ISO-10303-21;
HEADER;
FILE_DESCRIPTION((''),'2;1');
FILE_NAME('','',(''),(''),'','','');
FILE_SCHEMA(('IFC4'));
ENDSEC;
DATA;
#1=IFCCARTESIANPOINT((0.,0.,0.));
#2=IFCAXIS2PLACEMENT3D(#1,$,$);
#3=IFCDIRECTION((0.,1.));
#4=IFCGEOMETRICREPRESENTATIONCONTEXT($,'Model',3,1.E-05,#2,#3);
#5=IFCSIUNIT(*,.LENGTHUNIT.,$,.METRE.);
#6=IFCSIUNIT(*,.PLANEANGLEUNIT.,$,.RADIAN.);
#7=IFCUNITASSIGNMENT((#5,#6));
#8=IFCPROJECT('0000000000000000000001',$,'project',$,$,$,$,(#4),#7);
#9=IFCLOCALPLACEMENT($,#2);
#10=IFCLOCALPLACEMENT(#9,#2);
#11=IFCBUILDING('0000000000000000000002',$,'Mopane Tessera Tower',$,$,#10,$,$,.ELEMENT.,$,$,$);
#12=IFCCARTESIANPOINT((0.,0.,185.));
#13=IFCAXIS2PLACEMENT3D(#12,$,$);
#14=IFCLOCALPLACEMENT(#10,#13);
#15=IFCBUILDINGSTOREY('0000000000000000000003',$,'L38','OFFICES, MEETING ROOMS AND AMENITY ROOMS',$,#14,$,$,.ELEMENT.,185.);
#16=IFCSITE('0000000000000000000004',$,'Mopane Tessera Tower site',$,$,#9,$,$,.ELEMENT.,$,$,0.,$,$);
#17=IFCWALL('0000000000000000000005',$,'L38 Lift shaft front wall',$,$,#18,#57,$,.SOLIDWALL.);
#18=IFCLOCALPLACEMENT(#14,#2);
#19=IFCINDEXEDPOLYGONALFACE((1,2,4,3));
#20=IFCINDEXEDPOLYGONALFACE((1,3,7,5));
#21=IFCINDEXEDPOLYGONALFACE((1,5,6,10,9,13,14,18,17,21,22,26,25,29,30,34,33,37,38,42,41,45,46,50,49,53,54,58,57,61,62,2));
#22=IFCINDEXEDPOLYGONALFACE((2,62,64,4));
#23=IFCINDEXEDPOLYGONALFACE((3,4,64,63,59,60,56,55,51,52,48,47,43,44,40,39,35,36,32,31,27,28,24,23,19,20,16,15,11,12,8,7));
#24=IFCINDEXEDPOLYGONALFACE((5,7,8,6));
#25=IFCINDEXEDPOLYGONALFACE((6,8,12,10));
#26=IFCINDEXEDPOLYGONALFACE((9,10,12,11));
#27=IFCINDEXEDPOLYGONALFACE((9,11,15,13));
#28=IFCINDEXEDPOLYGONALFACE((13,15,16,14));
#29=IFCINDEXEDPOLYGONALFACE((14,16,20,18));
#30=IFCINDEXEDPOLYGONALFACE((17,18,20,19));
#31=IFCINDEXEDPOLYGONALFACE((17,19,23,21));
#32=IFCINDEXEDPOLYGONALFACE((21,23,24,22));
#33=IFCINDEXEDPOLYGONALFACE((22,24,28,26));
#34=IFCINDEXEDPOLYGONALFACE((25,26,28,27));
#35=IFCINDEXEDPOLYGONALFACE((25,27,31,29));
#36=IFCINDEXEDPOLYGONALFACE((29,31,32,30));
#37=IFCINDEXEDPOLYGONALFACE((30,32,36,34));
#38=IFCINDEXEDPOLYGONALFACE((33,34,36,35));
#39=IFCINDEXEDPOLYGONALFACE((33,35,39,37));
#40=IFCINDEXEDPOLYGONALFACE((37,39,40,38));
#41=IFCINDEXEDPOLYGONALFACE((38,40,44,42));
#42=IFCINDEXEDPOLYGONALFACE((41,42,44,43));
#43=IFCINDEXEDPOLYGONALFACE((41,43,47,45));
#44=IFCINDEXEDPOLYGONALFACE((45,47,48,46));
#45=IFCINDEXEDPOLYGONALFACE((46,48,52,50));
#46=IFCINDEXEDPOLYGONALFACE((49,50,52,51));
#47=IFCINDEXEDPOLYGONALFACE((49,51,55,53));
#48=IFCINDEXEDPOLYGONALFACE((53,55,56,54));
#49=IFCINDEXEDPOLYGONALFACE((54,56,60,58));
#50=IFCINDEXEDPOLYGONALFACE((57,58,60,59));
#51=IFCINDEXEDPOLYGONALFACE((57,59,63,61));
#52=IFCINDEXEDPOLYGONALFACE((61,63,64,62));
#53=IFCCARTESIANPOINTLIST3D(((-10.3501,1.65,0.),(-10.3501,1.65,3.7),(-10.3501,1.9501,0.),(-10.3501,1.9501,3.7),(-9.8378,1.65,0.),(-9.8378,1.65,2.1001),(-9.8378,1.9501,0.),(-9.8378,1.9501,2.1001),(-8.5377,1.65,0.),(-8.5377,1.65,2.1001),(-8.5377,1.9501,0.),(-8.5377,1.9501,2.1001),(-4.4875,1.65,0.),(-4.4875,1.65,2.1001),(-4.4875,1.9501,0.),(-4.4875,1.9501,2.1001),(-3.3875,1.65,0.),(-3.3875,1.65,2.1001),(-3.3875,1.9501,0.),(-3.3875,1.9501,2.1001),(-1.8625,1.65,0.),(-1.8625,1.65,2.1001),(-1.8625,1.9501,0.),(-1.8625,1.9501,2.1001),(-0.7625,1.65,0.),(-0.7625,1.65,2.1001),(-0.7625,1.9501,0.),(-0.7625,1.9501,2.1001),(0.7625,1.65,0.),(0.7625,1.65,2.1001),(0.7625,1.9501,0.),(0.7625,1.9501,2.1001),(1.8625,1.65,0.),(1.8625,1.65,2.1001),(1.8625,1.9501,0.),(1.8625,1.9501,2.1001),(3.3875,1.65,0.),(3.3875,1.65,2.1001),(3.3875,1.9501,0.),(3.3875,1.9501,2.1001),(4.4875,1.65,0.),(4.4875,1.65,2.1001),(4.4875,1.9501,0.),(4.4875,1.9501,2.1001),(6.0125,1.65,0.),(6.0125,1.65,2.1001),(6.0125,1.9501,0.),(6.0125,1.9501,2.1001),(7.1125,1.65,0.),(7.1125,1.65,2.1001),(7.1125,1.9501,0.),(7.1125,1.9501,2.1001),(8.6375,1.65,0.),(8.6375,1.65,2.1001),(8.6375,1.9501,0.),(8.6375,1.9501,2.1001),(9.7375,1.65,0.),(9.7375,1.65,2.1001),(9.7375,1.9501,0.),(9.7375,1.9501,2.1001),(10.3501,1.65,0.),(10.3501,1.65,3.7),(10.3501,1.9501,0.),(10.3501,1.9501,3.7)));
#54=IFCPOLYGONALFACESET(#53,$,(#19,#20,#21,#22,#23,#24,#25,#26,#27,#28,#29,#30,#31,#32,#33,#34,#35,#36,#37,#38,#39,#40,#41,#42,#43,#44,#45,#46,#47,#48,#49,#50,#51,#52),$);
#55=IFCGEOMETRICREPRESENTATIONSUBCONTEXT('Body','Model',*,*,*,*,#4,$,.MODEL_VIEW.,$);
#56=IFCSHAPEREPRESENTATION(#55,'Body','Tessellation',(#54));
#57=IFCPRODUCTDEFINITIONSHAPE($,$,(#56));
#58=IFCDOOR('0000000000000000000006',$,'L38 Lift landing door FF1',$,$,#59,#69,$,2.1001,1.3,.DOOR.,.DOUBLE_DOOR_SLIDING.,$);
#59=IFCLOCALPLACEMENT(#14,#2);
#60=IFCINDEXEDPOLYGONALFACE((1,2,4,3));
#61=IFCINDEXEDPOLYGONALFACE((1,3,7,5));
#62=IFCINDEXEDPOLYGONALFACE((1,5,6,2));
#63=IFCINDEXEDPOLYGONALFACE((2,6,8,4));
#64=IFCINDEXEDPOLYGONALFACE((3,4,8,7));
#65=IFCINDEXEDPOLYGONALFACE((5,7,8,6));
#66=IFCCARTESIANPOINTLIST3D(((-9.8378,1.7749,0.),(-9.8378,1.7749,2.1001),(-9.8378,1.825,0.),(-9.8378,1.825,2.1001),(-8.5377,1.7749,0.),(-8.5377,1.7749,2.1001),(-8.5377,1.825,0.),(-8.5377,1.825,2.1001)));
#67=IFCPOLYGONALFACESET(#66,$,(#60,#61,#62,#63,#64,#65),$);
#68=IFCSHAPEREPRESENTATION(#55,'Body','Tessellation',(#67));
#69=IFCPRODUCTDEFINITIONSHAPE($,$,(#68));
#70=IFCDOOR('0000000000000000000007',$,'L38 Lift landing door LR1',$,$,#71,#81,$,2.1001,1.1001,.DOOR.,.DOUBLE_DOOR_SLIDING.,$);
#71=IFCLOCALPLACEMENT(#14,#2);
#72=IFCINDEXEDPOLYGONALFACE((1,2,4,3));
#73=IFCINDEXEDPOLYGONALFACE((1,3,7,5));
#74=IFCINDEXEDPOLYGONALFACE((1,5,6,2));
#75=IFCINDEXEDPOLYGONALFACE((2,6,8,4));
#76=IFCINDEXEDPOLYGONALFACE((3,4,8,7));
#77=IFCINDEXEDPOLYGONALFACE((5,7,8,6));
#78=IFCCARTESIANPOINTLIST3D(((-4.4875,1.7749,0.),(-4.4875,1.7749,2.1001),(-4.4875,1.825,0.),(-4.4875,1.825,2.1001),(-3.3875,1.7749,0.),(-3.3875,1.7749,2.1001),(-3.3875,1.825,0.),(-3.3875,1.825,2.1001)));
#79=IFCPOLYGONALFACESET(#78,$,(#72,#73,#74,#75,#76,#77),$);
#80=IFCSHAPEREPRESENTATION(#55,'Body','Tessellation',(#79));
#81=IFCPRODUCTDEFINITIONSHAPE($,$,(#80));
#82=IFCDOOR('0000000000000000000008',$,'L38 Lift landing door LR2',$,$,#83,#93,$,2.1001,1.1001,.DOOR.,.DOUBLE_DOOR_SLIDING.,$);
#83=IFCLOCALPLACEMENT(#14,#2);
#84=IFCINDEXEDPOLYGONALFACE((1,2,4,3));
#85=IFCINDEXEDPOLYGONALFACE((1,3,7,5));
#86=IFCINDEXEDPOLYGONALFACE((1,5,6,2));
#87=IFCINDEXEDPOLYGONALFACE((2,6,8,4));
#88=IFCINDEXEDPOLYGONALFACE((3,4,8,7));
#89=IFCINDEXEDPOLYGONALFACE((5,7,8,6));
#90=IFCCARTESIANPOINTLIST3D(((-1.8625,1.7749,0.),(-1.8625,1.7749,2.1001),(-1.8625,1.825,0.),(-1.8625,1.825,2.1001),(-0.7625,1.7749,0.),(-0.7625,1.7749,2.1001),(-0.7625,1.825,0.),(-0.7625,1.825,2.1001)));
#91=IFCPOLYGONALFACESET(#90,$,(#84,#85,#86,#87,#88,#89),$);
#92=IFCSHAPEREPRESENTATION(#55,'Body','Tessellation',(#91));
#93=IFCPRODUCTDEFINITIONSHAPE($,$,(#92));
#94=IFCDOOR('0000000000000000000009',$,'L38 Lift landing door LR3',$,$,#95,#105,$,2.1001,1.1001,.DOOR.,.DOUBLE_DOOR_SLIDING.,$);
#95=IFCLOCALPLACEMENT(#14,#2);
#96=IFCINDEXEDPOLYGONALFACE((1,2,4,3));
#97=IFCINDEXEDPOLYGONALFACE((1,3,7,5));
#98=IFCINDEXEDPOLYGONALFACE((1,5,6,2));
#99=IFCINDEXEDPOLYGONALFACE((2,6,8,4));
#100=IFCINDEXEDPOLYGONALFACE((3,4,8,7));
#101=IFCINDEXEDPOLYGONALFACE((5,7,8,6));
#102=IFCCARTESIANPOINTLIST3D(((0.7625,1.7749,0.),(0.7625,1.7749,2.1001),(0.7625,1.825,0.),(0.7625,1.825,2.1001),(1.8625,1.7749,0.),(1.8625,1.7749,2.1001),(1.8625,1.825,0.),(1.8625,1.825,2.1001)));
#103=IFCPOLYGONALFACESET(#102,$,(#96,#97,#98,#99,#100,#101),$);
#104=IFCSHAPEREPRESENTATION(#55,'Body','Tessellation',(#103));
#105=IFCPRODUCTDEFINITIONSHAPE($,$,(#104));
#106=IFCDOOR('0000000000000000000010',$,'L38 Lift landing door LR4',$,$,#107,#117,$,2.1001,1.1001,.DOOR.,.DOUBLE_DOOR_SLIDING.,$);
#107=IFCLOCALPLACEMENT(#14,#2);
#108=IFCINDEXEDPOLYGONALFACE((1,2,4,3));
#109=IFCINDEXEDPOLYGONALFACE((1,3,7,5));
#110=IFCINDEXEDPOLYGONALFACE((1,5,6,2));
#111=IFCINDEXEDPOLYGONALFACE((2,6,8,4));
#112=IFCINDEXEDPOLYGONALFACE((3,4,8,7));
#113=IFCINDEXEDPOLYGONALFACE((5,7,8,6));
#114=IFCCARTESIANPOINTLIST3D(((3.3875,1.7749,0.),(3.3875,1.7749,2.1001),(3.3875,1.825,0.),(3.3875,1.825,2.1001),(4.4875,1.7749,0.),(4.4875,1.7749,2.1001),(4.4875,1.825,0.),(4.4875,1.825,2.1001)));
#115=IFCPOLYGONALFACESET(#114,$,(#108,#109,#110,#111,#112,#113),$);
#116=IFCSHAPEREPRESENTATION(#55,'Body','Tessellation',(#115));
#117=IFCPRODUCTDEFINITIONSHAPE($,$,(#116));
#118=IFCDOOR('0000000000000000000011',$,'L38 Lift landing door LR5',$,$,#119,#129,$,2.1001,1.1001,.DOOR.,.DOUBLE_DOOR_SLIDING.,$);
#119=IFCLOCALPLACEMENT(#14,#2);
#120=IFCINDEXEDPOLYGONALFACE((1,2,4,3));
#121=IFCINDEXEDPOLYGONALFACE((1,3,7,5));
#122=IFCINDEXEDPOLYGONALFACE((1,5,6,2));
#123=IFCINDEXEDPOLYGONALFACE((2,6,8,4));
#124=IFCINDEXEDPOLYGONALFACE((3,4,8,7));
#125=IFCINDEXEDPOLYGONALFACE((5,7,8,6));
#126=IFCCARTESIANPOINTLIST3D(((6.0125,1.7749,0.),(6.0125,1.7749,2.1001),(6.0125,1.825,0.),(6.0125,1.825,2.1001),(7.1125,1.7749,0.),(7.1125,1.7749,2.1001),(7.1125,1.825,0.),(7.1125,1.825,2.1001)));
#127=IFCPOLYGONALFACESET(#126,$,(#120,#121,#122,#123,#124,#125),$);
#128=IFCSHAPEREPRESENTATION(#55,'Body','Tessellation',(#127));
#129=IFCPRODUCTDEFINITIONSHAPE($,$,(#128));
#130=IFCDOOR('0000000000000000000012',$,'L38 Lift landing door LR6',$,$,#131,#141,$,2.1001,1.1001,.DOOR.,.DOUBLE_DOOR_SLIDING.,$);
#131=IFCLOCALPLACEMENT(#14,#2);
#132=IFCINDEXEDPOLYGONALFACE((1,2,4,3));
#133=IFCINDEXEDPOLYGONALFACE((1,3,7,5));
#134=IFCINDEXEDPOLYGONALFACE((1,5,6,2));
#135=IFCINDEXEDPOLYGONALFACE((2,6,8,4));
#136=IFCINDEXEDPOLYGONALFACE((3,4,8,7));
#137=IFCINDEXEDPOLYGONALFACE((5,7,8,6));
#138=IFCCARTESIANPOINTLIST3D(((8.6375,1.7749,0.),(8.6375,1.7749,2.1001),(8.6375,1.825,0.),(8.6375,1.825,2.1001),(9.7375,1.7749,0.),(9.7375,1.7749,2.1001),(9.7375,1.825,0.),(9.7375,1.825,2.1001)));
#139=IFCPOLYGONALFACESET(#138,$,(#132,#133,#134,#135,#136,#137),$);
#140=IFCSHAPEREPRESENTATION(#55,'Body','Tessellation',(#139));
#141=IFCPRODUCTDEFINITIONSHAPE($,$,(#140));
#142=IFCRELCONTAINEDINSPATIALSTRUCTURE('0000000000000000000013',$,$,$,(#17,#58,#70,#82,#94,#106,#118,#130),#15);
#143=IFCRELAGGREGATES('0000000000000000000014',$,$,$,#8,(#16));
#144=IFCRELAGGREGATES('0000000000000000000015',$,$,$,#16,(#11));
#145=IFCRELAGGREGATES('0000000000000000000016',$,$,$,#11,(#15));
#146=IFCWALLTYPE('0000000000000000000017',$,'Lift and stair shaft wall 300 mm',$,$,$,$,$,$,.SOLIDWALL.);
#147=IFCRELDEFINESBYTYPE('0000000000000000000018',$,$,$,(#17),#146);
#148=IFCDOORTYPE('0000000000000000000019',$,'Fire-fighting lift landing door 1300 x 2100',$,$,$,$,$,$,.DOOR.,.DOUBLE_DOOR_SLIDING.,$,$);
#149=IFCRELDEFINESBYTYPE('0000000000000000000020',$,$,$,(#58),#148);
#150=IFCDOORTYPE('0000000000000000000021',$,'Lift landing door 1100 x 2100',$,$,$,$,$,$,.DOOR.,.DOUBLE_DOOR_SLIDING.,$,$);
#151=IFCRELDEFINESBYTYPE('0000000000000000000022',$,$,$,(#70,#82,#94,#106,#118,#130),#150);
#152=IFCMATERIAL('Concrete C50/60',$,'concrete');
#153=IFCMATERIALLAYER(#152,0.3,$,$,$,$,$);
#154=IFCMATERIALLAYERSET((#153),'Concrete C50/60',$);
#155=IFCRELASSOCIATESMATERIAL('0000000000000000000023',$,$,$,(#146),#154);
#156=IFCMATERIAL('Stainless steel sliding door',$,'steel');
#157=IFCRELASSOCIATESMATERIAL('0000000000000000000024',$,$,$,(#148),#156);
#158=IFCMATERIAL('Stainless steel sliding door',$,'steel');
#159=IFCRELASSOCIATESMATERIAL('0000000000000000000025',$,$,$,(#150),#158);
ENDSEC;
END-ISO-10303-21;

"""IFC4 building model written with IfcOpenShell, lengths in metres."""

from ifc_helpers import new_model, si_unit, direction, frame, frame_2d, origin, place, context, subcontext, project, spatial, rectangle, extrude, material, layer, layer_set, type_object, element, fill, save


model = new_model("IFC4")

# Units and contexts
model_context = context("Model", 3, precision=1e-05, world=origin(), true_north=direction((0.0, 1.0)))
body_context = subcontext(model_context, "Body", "Model", "MODEL_VIEW")
ifc_project = project(units=[si_unit("LENGTHUNIT", "METRE"), si_unit("PLANEANGLEUNIT", "RADIAN")], contexts=[model_context])

# Site, building, storey
site_placement = place(None, origin())
site = spatial("IfcSite", under=ifc_project, at=site_placement, Name="Mopane Tessera Tower site", CompositionType="ELEMENT", RefElevation=0.0)
building_placement = place(site_placement, origin())
building = spatial("IfcBuilding", under=site, at=building_placement, Name="Mopane Tessera Tower", CompositionType="ELEMENT")
storey_placement = place(building_placement, frame((0.0, 0.0, 185.0)))
storey = spatial("IfcBuildingStorey", under=building, at=storey_placement, Name="L38", Description="OFFICES, MEETING ROOMS AND AMENITY ROOMS", CompositionType="ELEMENT", Elevation=185.0)

# Wall, openings, doors
ifc_material_1 = material(Name="Concrete C50/60", Category="concrete")
ifc_layer_1 = layer(ifc_material_1, 0.3)
ifc_layer_set_1 = layer_set([ifc_layer_1], Name="Concrete C50/60")
wall_type_1 = type_object("IfcWallType", Name="Lift and stair shaft wall 300 mm", PredefinedType="SOLIDWALL", material=ifc_layer_set_1)
wall_1_placement = place(storey_placement, frame((-10.3501, 1.8, 0.0), z_axis=(0.0, 0.0, 1.0), x_axis=(1.0, 0.0, 0.0)))
wall_1 = element("IfcWall", 1, at=wall_1_placement, inside=storey, type_object=wall_type_1, Name="L38 Lift shaft front wall", PredefinedType="SOLIDWALL", context=body_context, shape_type="SweptSolid", body=[
    extrude(rectangle(XDim=20.7002, YDim=0.3, at=frame_2d((10.3501, 0.0))), origin(), (0.0, 0.0, 1.0), 3.7),
])
opening_1_placement = place(wall_1_placement, frame((0.5125, 0.0, 0.0)))
opening_1 = element("IfcOpeningElement", 2, at=opening_1_placement, cuts=wall_1, PredefinedType="OPENING", context=body_context, shape_type="SweptSolid", body=[
    extrude(rectangle(XDim=1.3, YDim=2.1001, at=frame_2d((0.6499, 1.05))), frame((0.0, 0.1621, 0.0), z_axis=(0.0, -1.0, 0.0), x_axis=(1.0, 0.0, 0.0)), (0.0, 0.0, 1.0), 0.324),
])
opening_2_placement = place(wall_1_placement, frame((5.8625, 0.0, 0.0)))
opening_2 = element("IfcOpeningElement", 3, at=opening_2_placement, cuts=wall_1, PredefinedType="OPENING", context=body_context, shape_type="SweptSolid", body=[
    extrude(rectangle(XDim=1.1001, YDim=2.1001, at=frame_2d((0.55, 1.05))), frame((0.0, 0.1621, 0.0), z_axis=(0.0, -1.0, 0.0), x_axis=(1.0, 0.0, 0.0)), (0.0, 0.0, 1.0), 0.324),
])
opening_3_placement = place(wall_1_placement, frame((8.4875, 0.0, 0.0)))
opening_3 = element("IfcOpeningElement", 4, at=opening_3_placement, cuts=wall_1, PredefinedType="OPENING", context=body_context, shape_type="SweptSolid", body=[
    extrude(rectangle(XDim=1.1001, YDim=2.1001, at=frame_2d((0.55, 1.05))), frame((0.0, 0.1621, 0.0), z_axis=(0.0, -1.0, 0.0), x_axis=(1.0, 0.0, 0.0)), (0.0, 0.0, 1.0), 0.324),
])
opening_4_placement = place(wall_1_placement, frame((11.1125, 0.0, 0.0)))
opening_4 = element("IfcOpeningElement", 5, at=opening_4_placement, cuts=wall_1, PredefinedType="OPENING", context=body_context, shape_type="SweptSolid", body=[
    extrude(rectangle(XDim=1.1001, YDim=2.1001, at=frame_2d((0.55, 1.05))), frame((0.0, 0.1621, 0.0), z_axis=(0.0, -1.0, 0.0), x_axis=(1.0, 0.0, 0.0)), (0.0, 0.0, 1.0), 0.324),
])
opening_5_placement = place(wall_1_placement, frame((13.7375, 0.0, 0.0)))
opening_5 = element("IfcOpeningElement", 6, at=opening_5_placement, cuts=wall_1, PredefinedType="OPENING", context=body_context, shape_type="SweptSolid", body=[
    extrude(rectangle(XDim=1.1001, YDim=2.1001, at=frame_2d((0.55, 1.05))), frame((0.0, 0.1621, 0.0), z_axis=(0.0, -1.0, 0.0), x_axis=(1.0, 0.0, 0.0)), (0.0, 0.0, 1.0), 0.324),
])
opening_6_placement = place(wall_1_placement, frame((16.3625, 0.0, 0.0)))
opening_6 = element("IfcOpeningElement", 7, at=opening_6_placement, cuts=wall_1, PredefinedType="OPENING", context=body_context, shape_type="SweptSolid", body=[
    extrude(rectangle(XDim=1.1001, YDim=2.1001, at=frame_2d((0.55, 1.05))), frame((0.0, 0.1621, 0.0), z_axis=(0.0, -1.0, 0.0), x_axis=(1.0, 0.0, 0.0)), (0.0, 0.0, 1.0), 0.324),
])
opening_7_placement = place(wall_1_placement, frame((18.9875, 0.0, 0.0)))
opening_7 = element("IfcOpeningElement", 8, at=opening_7_placement, cuts=wall_1, PredefinedType="OPENING", context=body_context, shape_type="SweptSolid", body=[
    extrude(rectangle(XDim=1.1001, YDim=2.1001, at=frame_2d((0.55, 1.05))), frame((0.0, 0.1621, 0.0), z_axis=(0.0, -1.0, 0.0), x_axis=(1.0, 0.0, 0.0)), (0.0, 0.0, 1.0), 0.324),
])
ifc_material_2 = material(Name="Stainless steel sliding door", Category="steel")
door_type_1 = type_object("IfcDoorType", Name="Fire-fighting lift landing door 1300 x 2100", OperationType="DOUBLE_DOOR_SLIDING", PredefinedType="DOOR", material=ifc_material_2)
door_1_placement = place(opening_1_placement, origin())
door_1 = element("IfcDoor", 9, at=door_1_placement, inside=storey, type_object=door_type_1, Name="L38 Lift landing door FF1", OperationType="DOUBLE_DOOR_SLIDING", OverallHeight=2.1001, OverallWidth=1.3, PredefinedType="DOOR", context=body_context, shape_type="SweptSolid", body=[
    extrude(rectangle(XDim=1.3, YDim=2.1001, at=frame_2d((0.6499, 1.05))), frame((0.0, 0.0249, 0.0), z_axis=(0.0, -1.0, 0.0), x_axis=(1.0, 0.0, 0.0)), (0.0, 0.0, 1.0), 0.05),
])
fill(opening_1, door_1)
ifc_material_3 = material(Name="Stainless steel sliding door", Category="steel")
door_type_2 = type_object("IfcDoorType", Name="Lift landing door 1100 x 2100", OperationType="DOUBLE_DOOR_SLIDING", PredefinedType="DOOR", material=ifc_material_3)
door_2_placement = place(opening_2_placement, origin())
door_2 = element("IfcDoor", 10, at=door_2_placement, inside=storey, type_object=door_type_2, Name="L38 Lift landing door LR1", OperationType="DOUBLE_DOOR_SLIDING", OverallHeight=2.1001, OverallWidth=1.1001, PredefinedType="DOOR", context=body_context, shape_type="SweptSolid", body=[
    extrude(rectangle(XDim=1.1001, YDim=2.1001, at=frame_2d((0.55, 1.05))), frame((0.0, 0.0249, 0.0), z_axis=(0.0, -1.0, 0.0), x_axis=(1.0, 0.0, 0.0)), (0.0, 0.0, 1.0), 0.05),
])
fill(opening_2, door_2)
door_3_placement = place(opening_3_placement, origin())
door_3 = element("IfcDoor", 11, at=door_3_placement, inside=storey, type_object=door_type_2, Name="L38 Lift landing door LR2", OperationType="DOUBLE_DOOR_SLIDING", OverallHeight=2.1001, OverallWidth=1.1001, PredefinedType="DOOR", context=body_context, shape_type="SweptSolid", body=[
    extrude(rectangle(XDim=1.1001, YDim=2.1001, at=frame_2d((0.55, 1.05))), frame((0.0, 0.0249, 0.0), z_axis=(0.0, -1.0, 0.0), x_axis=(1.0, 0.0, 0.0)), (0.0, 0.0, 1.0), 0.05),
])
fill(opening_3, door_3)
door_4_placement = place(opening_4_placement, origin())
door_4 = element("IfcDoor", 12, at=door_4_placement, inside=storey, type_object=door_type_2, Name="L38 Lift landing door LR3", OperationType="DOUBLE_DOOR_SLIDING", OverallHeight=2.1001, OverallWidth=1.1001, PredefinedType="DOOR", context=body_context, shape_type="SweptSolid", body=[
    extrude(rectangle(XDim=1.1001, YDim=2.1001, at=frame_2d((0.55, 1.05))), frame((0.0, 0.0249, 0.0), z_axis=(0.0, -1.0, 0.0), x_axis=(1.0, 0.0, 0.0)), (0.0, 0.0, 1.0), 0.05),
])
fill(opening_4, door_4)
door_5_placement = place(opening_5_placement, origin())
door_5 = element("IfcDoor", 13, at=door_5_placement, inside=storey, type_object=door_type_2, Name="L38 Lift landing door LR4", OperationType="DOUBLE_DOOR_SLIDING", OverallHeight=2.1001, OverallWidth=1.1001, PredefinedType="DOOR", context=body_context, shape_type="SweptSolid", body=[
    extrude(rectangle(XDim=1.1001, YDim=2.1001, at=frame_2d((0.55, 1.05))), frame((0.0, 0.0249, 0.0), z_axis=(0.0, -1.0, 0.0), x_axis=(1.0, 0.0, 0.0)), (0.0, 0.0, 1.0), 0.05),
])
fill(opening_5, door_5)
door_6_placement = place(opening_6_placement, origin())
door_6 = element("IfcDoor", 14, at=door_6_placement, inside=storey, type_object=door_type_2, Name="L38 Lift landing door LR5", OperationType="DOUBLE_DOOR_SLIDING", OverallHeight=2.1001, OverallWidth=1.1001, PredefinedType="DOOR", context=body_context, shape_type="SweptSolid", body=[
    extrude(rectangle(XDim=1.1001, YDim=2.1001, at=frame_2d((0.55, 1.05))), frame((0.0, 0.0249, 0.0), z_axis=(0.0, -1.0, 0.0), x_axis=(1.0, 0.0, 0.0)), (0.0, 0.0, 1.0), 0.05),
])
fill(opening_6, door_6)
door_7_placement = place(opening_7_placement, origin())
door_7 = element("IfcDoor", 15, at=door_7_placement, inside=storey, type_object=door_type_2, Name="L38 Lift landing door LR6", OperationType="DOUBLE_DOOR_SLIDING", OverallHeight=2.1001, OverallWidth=1.1001, PredefinedType="DOOR", context=body_context, shape_type="SweptSolid", body=[
    extrude(rectangle(XDim=1.1001, YDim=2.1001, at=frame_2d((0.55, 1.05))), frame((0.0, 0.0249, 0.0), z_axis=(0.0, -1.0, 0.0), x_axis=(1.0, 0.0, 0.0)), (0.0, 0.0, 1.0), 0.05),
])
fill(opening_7, door_7)

save(model, "model.ifc")
